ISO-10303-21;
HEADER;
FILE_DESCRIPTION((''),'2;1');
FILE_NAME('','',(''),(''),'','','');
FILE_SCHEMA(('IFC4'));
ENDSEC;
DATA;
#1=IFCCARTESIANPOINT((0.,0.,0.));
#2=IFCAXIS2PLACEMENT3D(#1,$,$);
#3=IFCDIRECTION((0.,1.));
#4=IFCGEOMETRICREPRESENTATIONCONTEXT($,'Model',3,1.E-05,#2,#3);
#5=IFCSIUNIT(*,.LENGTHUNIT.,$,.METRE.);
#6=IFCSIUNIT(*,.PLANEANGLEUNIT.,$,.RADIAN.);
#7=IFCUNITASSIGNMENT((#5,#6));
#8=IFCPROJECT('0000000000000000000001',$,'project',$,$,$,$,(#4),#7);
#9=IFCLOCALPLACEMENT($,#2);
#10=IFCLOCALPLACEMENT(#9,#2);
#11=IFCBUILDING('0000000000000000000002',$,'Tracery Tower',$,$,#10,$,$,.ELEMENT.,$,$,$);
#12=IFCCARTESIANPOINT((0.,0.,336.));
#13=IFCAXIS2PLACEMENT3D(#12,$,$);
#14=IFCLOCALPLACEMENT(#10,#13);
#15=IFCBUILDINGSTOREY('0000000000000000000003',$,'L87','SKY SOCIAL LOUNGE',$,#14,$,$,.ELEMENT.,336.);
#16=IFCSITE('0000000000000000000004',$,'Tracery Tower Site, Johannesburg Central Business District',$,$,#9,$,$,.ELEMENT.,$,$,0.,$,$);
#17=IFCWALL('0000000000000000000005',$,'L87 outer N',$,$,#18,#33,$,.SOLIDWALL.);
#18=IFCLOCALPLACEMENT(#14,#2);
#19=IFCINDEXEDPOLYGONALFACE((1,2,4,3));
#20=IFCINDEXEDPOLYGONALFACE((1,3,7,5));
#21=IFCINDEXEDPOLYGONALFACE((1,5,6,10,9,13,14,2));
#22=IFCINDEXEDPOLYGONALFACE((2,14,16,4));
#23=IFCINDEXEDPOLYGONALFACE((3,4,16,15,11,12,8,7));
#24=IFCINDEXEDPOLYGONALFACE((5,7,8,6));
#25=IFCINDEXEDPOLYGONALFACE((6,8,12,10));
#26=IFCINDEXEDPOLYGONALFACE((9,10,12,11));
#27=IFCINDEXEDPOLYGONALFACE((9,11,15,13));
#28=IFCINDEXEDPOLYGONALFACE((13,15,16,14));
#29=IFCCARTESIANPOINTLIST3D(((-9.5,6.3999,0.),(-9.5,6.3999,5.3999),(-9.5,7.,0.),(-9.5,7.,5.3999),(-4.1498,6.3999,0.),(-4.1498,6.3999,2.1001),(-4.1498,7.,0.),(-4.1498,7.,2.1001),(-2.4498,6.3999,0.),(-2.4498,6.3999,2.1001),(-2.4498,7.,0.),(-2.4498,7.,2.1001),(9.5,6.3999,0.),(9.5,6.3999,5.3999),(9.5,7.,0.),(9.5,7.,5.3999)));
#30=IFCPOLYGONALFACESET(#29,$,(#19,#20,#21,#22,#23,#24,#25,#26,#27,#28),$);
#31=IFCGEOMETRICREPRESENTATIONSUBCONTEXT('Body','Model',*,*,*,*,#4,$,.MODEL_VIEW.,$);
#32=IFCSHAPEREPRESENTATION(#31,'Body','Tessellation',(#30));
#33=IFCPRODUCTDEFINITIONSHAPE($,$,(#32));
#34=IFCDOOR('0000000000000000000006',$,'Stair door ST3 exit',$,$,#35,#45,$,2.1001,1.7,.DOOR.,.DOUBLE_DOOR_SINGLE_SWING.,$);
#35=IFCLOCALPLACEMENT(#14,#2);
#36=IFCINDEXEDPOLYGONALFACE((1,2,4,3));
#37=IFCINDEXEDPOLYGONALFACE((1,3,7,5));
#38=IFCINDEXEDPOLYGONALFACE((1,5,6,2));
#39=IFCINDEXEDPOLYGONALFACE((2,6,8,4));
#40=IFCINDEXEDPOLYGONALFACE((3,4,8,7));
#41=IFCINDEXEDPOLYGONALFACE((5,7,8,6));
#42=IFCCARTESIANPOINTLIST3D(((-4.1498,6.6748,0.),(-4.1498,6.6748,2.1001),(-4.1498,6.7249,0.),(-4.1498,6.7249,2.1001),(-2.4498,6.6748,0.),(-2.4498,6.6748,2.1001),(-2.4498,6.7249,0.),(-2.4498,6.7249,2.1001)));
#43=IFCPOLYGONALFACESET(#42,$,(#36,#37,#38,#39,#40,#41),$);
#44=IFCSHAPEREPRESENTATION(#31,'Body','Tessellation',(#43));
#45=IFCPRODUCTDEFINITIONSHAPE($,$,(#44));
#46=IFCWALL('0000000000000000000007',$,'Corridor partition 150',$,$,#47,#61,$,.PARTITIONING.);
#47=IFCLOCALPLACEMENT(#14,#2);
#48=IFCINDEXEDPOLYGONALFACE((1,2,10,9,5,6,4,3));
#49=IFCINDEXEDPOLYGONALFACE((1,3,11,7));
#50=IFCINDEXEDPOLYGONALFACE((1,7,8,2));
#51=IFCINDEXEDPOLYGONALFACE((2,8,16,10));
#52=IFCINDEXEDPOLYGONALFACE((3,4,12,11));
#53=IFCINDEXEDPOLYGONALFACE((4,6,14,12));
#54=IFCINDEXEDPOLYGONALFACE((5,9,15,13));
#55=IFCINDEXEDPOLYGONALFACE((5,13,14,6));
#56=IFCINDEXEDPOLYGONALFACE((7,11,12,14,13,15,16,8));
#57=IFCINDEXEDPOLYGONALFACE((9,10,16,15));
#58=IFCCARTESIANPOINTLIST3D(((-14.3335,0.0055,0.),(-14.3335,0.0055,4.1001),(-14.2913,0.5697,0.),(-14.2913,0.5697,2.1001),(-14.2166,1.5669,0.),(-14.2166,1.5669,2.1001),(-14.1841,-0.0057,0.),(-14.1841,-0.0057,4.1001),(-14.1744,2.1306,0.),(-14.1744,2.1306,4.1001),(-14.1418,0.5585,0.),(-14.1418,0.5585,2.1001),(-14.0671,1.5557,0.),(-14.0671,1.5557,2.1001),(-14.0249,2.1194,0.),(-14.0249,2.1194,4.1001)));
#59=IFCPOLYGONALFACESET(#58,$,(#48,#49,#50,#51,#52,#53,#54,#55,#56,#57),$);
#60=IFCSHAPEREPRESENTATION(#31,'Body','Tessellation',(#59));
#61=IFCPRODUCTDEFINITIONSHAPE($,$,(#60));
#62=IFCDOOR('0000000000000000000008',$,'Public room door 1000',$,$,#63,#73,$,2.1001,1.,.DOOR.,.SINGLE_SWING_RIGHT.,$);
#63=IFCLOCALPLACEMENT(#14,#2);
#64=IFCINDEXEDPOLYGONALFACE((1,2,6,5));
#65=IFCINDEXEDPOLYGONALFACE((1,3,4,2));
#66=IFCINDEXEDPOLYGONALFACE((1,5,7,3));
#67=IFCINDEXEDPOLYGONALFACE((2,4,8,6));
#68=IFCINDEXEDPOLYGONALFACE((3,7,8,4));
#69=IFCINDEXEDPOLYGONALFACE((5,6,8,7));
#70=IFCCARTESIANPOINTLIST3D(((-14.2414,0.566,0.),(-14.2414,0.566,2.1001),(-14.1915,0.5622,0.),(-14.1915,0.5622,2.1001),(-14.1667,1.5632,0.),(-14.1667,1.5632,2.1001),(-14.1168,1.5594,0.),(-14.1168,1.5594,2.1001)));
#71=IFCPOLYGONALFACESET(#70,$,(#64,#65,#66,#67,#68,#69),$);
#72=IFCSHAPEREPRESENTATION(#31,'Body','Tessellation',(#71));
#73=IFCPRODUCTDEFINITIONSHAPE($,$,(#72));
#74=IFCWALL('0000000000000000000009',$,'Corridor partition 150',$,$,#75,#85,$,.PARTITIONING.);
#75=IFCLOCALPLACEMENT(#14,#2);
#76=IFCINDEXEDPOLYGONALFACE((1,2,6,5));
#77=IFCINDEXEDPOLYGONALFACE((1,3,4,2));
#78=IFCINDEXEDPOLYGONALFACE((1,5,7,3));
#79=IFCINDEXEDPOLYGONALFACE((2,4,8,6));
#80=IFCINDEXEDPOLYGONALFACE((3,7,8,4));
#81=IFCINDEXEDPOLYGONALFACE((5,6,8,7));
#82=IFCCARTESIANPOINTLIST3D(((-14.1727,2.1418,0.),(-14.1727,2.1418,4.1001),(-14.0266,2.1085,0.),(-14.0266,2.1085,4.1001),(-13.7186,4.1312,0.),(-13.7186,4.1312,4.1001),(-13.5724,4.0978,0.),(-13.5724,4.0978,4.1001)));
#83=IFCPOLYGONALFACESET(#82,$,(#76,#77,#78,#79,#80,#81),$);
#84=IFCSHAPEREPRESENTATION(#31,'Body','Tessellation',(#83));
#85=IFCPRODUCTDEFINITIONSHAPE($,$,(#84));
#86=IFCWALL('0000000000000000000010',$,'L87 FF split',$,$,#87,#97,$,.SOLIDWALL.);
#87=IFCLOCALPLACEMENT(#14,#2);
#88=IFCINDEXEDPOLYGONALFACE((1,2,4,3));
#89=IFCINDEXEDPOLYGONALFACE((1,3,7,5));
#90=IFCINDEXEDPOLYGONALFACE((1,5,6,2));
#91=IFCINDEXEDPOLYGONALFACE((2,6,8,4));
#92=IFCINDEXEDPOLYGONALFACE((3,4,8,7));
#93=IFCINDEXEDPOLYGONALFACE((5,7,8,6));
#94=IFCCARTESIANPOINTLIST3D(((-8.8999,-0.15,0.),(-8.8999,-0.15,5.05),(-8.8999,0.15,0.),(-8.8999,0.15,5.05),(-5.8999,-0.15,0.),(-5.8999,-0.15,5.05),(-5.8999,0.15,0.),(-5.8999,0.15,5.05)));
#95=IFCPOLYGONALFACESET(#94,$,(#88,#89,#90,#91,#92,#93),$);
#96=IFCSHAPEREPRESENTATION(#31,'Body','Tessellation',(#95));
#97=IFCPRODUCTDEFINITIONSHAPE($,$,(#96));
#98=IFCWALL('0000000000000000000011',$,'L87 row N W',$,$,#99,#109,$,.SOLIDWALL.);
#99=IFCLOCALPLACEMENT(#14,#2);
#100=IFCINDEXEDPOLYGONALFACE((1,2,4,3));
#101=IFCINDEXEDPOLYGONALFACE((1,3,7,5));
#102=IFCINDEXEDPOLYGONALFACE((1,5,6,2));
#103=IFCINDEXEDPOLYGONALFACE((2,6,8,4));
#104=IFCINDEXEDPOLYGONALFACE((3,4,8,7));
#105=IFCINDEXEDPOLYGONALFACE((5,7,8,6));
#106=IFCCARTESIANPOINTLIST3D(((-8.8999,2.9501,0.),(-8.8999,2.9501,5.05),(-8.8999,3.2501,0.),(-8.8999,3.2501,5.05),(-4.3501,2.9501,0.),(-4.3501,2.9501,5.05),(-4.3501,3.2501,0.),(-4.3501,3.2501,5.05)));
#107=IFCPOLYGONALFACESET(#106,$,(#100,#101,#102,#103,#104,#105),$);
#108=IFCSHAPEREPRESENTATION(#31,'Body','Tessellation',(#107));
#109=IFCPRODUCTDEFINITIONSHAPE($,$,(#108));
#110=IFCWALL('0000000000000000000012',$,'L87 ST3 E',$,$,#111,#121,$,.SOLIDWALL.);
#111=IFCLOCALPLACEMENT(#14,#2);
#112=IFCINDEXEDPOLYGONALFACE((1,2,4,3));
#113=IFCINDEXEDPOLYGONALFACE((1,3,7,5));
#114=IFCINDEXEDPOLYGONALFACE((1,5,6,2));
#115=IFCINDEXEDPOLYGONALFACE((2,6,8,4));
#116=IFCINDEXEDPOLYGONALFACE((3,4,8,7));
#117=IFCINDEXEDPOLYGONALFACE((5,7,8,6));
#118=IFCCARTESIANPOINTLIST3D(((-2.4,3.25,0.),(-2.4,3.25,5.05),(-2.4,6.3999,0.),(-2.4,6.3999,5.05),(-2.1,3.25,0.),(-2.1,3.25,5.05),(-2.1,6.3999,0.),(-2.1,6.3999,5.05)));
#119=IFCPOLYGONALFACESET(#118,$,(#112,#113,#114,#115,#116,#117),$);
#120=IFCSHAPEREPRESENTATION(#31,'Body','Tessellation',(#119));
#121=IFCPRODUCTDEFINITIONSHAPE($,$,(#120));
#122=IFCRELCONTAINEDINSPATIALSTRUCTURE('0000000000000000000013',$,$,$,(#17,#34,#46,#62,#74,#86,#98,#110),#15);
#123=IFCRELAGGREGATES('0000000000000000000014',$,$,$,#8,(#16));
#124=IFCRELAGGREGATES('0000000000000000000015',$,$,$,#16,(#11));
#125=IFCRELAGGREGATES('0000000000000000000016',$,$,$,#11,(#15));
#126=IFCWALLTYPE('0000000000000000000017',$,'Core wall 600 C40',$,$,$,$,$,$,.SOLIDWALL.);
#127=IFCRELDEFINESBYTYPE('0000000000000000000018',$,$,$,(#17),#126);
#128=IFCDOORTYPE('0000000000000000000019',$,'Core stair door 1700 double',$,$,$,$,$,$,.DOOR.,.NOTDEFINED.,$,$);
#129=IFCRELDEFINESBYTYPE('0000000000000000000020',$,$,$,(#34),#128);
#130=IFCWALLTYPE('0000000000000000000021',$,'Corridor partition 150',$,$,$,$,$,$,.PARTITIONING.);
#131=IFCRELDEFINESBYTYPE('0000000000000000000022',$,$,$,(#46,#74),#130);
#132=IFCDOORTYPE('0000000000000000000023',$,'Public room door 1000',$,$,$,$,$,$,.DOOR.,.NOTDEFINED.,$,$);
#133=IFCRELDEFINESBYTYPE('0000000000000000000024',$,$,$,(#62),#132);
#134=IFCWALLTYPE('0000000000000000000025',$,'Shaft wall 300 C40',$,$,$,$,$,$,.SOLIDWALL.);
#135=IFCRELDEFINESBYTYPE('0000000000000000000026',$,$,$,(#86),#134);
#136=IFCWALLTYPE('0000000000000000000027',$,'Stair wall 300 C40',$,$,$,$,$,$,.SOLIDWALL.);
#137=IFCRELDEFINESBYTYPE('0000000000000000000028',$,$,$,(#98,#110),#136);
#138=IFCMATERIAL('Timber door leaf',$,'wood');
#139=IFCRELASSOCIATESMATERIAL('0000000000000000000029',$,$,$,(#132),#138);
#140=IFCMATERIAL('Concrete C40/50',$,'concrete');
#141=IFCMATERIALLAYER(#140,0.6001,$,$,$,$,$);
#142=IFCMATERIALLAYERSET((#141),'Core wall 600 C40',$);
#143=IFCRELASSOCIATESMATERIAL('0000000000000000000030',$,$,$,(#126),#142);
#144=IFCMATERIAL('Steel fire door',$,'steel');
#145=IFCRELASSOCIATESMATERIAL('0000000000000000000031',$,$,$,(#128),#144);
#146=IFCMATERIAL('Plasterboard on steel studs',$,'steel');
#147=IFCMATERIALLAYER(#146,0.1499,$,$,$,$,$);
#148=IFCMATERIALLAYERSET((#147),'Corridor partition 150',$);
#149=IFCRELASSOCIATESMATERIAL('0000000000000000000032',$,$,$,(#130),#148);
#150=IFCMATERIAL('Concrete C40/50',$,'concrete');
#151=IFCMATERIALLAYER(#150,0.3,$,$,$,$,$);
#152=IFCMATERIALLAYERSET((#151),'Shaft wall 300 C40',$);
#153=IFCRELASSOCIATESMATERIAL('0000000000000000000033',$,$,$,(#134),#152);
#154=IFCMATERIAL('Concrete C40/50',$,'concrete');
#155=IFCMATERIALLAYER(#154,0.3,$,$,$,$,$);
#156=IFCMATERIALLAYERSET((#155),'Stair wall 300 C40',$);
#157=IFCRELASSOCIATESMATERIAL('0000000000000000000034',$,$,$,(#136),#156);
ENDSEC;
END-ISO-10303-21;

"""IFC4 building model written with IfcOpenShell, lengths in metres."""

from ifc_helpers import new_model, si_unit, direction, frame, frame_2d, origin, place, context, subcontext, project, spatial, rectangle, extrude, material, layer, layer_set, type_object, element, fill, save


model = new_model("IFC4")

# Units and contexts
model_context = context("Model", 3, precision=1e-05, world=origin(), true_north=direction((0.0, 1.0)))
body_context = subcontext(model_context, "Body", "Model", "MODEL_VIEW")
ifc_project = project(units=[si_unit("LENGTHUNIT", "METRE"), si_unit("PLANEANGLEUNIT", "RADIAN")], contexts=[model_context])

# Site, building, storey
site_placement = place(None, origin())
site = spatial("IfcSite", under=ifc_project, at=site_placement, Name="Tracery Tower Site, Johannesburg Central Business District", CompositionType="ELEMENT", RefElevation=0.0)
building_placement = place(site_placement, origin())
building = spatial("IfcBuilding", under=site, at=building_placement, Name="Tracery Tower", CompositionType="ELEMENT")
storey_placement = place(building_placement, frame((0.0, 0.0, 336.0)))
storey = spatial("IfcBuildingStorey", under=building, at=storey_placement, Name="L87", Description="SKY SOCIAL LOUNGE", CompositionType="ELEMENT", Elevation=336.0)

# Walls, openings, doors
ifc_material_1 = material(Name="Timber door leaf", Category="wood")
door_type_1 = type_object("IfcDoorType", Name="Public room door 1000", OperationType="NOTDEFINED", PredefinedType="DOOR", material=ifc_material_1)
ifc_material_2 = material(Name="Concrete C40/50", Category="concrete")
ifc_layer_1 = layer(ifc_material_2, 0.6001)
ifc_layer_set_1 = layer_set([ifc_layer_1], Name="Core wall 600 C40")
wall_type_1 = type_object("IfcWallType", Name="Core wall 600 C40", PredefinedType="SOLIDWALL", material=ifc_layer_set_1)
wall_1_placement = place(storey_placement, frame((-9.5, 6.7, 0.0), z_axis=(0.0, 0.0, 1.0), x_axis=(1.0, 0.0, 0.0)))
wall_1 = element("IfcWall", 1, at=wall_1_placement, inside=storey, type_object=wall_type_1, Name="L87 outer N", PredefinedType="SOLIDWALL", context=body_context, shape_type="SweptSolid", body=[
    extrude(rectangle(XDim=19.0, YDim=0.6001, at=frame_2d((9.5, 0.0))), origin(), (0.0, 0.0, 1.0), 5.3999),
])
opening_1_placement = place(wall_1_placement, frame((5.3501, 0.0, 0.0)))
opening_1 = element("IfcOpeningElement", 2, at=opening_1_placement, cuts=wall_1, PredefinedType="OPENING", context=body_context, shape_type="SweptSolid", body=[
    extrude(rectangle(XDim=1.7, YDim=2.1001, at=frame_2d((0.8501, 1.05))), frame((0.0, 0.3, 0.0), z_axis=(0.0, -1.0, 0.0), x_axis=(1.0, 0.0, 0.0)), (0.0, 0.0, 1.0), 0.6001),
])
ifc_material_3 = material(Name="Steel fire door", Category="steel")
door_type_2 = type_object("IfcDoorType", Name="Core stair door 1700 double", OperationType="NOTDEFINED", PredefinedType="DOOR", material=ifc_material_3)
door_1_placement = place(opening_1_placement, origin())
door_1 = element("IfcDoor", 3, at=door_1_placement, inside=storey, type_object=door_type_2, Name="Stair door ST3 exit", OperationType="DOUBLE_DOOR_SINGLE_SWING", OverallHeight=2.1001, OverallWidth=1.7, PredefinedType="DOOR", context=body_context, shape_type="SweptSolid", body=[
    extrude(rectangle(XDim=1.7, YDim=2.1001, at=frame_2d((0.8501, 1.05))), frame((0.0, 0.0249, 0.0), z_axis=(0.0, -1.0, 0.0), x_axis=(1.0, 0.0, 0.0)), (0.0, 0.0, 1.0), 0.05),
])
fill(opening_1, door_1)
ifc_material_4 = material(Name="Plasterboard on steel studs", Category="steel")
ifc_layer_2 = layer(ifc_material_4, 0.1499)
ifc_layer_set_2 = layer_set([ifc_layer_2], Name="Corridor partition 150")
wall_type_2 = type_object("IfcWallType", Name="Corridor partition 150", PredefinedType="PARTITIONING", material=ifc_layer_set_2)
wall_2_placement = place(storey_placement, frame((-14.2588, 0.0, 0.0), z_axis=(0.0, 0.0, 1.0), x_axis=(0.07469, 0.997207, 0.0)))
wall_2 = element("IfcWall", 4, at=wall_2_placement, inside=storey, type_object=wall_type_2, Name="Corridor partition 150", PredefinedType="PARTITIONING", context=body_context, shape_type="SweptSolid", body=[
    extrude(rectangle(XDim=2.1311, YDim=0.1499, at=frame_2d((1.0654, 0.0))), origin(), (0.0, 0.0, 1.0), 4.1001),
])
opening_2_placement = place(wall_2_placement, frame((0.5657, 0.0, 0.0)))
opening_2 = element("IfcOpeningElement", 5, at=opening_2_placement, cuts=wall_2, PredefinedType="OPENING", context=body_context, shape_type="SweptSolid", body=[
    extrude(rectangle(XDim=1.0, YDim=2.1001, at=frame_2d((0.5, 1.05))), frame((0.0, 0.075, 0.0), z_axis=(0.0, -1.0, 0.0), x_axis=(1.0, 0.0, 0.0)), (0.0, 0.0, 1.0), 0.1499),
])
door_2_placement = place(opening_2_placement, origin())
door_2 = element("IfcDoor", 6, at=door_2_placement, inside=storey, type_object=door_type_1, Name="Public room door 1000", OperationType="SINGLE_SWING_RIGHT", OverallHeight=2.1001, OverallWidth=1.0, PredefinedType="DOOR", context=body_context, shape_type="SweptSolid", body=[
    extrude(rectangle(XDim=1.0, YDim=2.1001, at=frame_2d((0.5, 1.05))), frame((0.0, 0.0249, 0.0), z_axis=(0.0, -1.0, 0.0), x_axis=(1.0, 0.0, 0.0)), (0.0, 0.0, 1.0), 0.05),
])
fill(opening_2, door_2)

# Walls
wall_3_placement = place(storey_placement, frame((-13.6455, 4.1145, 0.0), z_axis=(0.0, 0.0, 1.0), x_axis=(-0.222552, -0.974921, 0.0)))
element("IfcWall", 7, at=wall_3_placement, inside=storey, type_object=wall_type_2, Name="Corridor partition 150", PredefinedType="PARTITIONING", context=body_context, shape_type="SweptSolid", body=[
    extrude(rectangle(XDim=2.0405, YDim=0.1499, at=frame_2d((1.0203, 0.0))), origin(), (0.0, 0.0, 1.0), 4.1001),
])
ifc_material_5 = material(Name="Concrete C40/50", Category="concrete")
ifc_layer_3 = layer(ifc_material_5, 0.3)
ifc_layer_set_3 = layer_set([ifc_layer_3], Name="Shaft wall 300 C40")
wall_type_3 = type_object("IfcWallType", Name="Shaft wall 300 C40", PredefinedType="SOLIDWALL", material=ifc_layer_set_3)
wall_4_placement = place(storey_placement, frame((-8.8999, 0.0, 0.0), z_axis=(0.0, 0.0, 1.0), x_axis=(1.0, 0.0, 0.0)))
element("IfcWall", 8, at=wall_4_placement, inside=storey, type_object=wall_type_3, Name="L87 FF split", PredefinedType="SOLIDWALL", context=body_context, shape_type="SweptSolid", body=[
    extrude(rectangle(XDim=3.0, YDim=0.3, at=frame_2d((1.5, 0.0))), origin(), (0.0, 0.0, 1.0), 5.05),
])
ifc_material_6 = material(Name="Concrete C40/50", Category="concrete")
ifc_layer_4 = layer(ifc_material_6, 0.3)
ifc_layer_set_4 = layer_set([ifc_layer_4], Name="Stair wall 300 C40")
wall_type_4 = type_object("IfcWallType", Name="Stair wall 300 C40", PredefinedType="SOLIDWALL", material=ifc_layer_set_4)
wall_5_placement = place(storey_placement, frame((-8.8999, 3.1001, 0.0), z_axis=(0.0, 0.0, 1.0), x_axis=(1.0, 0.0, 0.0)))
element("IfcWall", 9, at=wall_5_placement, inside=storey, type_object=wall_type_4, Name="L87 row N W", PredefinedType="SOLIDWALL", context=body_context, shape_type="SweptSolid", body=[
    extrude(rectangle(XDim=4.5498, YDim=0.3, at=frame_2d((2.2749, 0.0))), origin(), (0.0, 0.0, 1.0), 5.05),
])

# Wall
wall_6_placement = place(storey_placement, frame((-2.25, 3.25, 0.0), z_axis=(0.0, 0.0, 1.0), x_axis=(0.0, 1.0, 0.0)))
element("IfcWall", 10, at=wall_6_placement, inside=storey, type_object=wall_type_4, Name="L87 ST3 E", PredefinedType="SOLIDWALL", context=body_context, shape_type="SweptSolid", body=[
    extrude(rectangle(XDim=3.1499, YDim=0.3, at=frame_2d((1.575, 0.0))), origin(), (0.0, 0.0, 1.0), 5.05),
])

save(model, "model.ifc")
